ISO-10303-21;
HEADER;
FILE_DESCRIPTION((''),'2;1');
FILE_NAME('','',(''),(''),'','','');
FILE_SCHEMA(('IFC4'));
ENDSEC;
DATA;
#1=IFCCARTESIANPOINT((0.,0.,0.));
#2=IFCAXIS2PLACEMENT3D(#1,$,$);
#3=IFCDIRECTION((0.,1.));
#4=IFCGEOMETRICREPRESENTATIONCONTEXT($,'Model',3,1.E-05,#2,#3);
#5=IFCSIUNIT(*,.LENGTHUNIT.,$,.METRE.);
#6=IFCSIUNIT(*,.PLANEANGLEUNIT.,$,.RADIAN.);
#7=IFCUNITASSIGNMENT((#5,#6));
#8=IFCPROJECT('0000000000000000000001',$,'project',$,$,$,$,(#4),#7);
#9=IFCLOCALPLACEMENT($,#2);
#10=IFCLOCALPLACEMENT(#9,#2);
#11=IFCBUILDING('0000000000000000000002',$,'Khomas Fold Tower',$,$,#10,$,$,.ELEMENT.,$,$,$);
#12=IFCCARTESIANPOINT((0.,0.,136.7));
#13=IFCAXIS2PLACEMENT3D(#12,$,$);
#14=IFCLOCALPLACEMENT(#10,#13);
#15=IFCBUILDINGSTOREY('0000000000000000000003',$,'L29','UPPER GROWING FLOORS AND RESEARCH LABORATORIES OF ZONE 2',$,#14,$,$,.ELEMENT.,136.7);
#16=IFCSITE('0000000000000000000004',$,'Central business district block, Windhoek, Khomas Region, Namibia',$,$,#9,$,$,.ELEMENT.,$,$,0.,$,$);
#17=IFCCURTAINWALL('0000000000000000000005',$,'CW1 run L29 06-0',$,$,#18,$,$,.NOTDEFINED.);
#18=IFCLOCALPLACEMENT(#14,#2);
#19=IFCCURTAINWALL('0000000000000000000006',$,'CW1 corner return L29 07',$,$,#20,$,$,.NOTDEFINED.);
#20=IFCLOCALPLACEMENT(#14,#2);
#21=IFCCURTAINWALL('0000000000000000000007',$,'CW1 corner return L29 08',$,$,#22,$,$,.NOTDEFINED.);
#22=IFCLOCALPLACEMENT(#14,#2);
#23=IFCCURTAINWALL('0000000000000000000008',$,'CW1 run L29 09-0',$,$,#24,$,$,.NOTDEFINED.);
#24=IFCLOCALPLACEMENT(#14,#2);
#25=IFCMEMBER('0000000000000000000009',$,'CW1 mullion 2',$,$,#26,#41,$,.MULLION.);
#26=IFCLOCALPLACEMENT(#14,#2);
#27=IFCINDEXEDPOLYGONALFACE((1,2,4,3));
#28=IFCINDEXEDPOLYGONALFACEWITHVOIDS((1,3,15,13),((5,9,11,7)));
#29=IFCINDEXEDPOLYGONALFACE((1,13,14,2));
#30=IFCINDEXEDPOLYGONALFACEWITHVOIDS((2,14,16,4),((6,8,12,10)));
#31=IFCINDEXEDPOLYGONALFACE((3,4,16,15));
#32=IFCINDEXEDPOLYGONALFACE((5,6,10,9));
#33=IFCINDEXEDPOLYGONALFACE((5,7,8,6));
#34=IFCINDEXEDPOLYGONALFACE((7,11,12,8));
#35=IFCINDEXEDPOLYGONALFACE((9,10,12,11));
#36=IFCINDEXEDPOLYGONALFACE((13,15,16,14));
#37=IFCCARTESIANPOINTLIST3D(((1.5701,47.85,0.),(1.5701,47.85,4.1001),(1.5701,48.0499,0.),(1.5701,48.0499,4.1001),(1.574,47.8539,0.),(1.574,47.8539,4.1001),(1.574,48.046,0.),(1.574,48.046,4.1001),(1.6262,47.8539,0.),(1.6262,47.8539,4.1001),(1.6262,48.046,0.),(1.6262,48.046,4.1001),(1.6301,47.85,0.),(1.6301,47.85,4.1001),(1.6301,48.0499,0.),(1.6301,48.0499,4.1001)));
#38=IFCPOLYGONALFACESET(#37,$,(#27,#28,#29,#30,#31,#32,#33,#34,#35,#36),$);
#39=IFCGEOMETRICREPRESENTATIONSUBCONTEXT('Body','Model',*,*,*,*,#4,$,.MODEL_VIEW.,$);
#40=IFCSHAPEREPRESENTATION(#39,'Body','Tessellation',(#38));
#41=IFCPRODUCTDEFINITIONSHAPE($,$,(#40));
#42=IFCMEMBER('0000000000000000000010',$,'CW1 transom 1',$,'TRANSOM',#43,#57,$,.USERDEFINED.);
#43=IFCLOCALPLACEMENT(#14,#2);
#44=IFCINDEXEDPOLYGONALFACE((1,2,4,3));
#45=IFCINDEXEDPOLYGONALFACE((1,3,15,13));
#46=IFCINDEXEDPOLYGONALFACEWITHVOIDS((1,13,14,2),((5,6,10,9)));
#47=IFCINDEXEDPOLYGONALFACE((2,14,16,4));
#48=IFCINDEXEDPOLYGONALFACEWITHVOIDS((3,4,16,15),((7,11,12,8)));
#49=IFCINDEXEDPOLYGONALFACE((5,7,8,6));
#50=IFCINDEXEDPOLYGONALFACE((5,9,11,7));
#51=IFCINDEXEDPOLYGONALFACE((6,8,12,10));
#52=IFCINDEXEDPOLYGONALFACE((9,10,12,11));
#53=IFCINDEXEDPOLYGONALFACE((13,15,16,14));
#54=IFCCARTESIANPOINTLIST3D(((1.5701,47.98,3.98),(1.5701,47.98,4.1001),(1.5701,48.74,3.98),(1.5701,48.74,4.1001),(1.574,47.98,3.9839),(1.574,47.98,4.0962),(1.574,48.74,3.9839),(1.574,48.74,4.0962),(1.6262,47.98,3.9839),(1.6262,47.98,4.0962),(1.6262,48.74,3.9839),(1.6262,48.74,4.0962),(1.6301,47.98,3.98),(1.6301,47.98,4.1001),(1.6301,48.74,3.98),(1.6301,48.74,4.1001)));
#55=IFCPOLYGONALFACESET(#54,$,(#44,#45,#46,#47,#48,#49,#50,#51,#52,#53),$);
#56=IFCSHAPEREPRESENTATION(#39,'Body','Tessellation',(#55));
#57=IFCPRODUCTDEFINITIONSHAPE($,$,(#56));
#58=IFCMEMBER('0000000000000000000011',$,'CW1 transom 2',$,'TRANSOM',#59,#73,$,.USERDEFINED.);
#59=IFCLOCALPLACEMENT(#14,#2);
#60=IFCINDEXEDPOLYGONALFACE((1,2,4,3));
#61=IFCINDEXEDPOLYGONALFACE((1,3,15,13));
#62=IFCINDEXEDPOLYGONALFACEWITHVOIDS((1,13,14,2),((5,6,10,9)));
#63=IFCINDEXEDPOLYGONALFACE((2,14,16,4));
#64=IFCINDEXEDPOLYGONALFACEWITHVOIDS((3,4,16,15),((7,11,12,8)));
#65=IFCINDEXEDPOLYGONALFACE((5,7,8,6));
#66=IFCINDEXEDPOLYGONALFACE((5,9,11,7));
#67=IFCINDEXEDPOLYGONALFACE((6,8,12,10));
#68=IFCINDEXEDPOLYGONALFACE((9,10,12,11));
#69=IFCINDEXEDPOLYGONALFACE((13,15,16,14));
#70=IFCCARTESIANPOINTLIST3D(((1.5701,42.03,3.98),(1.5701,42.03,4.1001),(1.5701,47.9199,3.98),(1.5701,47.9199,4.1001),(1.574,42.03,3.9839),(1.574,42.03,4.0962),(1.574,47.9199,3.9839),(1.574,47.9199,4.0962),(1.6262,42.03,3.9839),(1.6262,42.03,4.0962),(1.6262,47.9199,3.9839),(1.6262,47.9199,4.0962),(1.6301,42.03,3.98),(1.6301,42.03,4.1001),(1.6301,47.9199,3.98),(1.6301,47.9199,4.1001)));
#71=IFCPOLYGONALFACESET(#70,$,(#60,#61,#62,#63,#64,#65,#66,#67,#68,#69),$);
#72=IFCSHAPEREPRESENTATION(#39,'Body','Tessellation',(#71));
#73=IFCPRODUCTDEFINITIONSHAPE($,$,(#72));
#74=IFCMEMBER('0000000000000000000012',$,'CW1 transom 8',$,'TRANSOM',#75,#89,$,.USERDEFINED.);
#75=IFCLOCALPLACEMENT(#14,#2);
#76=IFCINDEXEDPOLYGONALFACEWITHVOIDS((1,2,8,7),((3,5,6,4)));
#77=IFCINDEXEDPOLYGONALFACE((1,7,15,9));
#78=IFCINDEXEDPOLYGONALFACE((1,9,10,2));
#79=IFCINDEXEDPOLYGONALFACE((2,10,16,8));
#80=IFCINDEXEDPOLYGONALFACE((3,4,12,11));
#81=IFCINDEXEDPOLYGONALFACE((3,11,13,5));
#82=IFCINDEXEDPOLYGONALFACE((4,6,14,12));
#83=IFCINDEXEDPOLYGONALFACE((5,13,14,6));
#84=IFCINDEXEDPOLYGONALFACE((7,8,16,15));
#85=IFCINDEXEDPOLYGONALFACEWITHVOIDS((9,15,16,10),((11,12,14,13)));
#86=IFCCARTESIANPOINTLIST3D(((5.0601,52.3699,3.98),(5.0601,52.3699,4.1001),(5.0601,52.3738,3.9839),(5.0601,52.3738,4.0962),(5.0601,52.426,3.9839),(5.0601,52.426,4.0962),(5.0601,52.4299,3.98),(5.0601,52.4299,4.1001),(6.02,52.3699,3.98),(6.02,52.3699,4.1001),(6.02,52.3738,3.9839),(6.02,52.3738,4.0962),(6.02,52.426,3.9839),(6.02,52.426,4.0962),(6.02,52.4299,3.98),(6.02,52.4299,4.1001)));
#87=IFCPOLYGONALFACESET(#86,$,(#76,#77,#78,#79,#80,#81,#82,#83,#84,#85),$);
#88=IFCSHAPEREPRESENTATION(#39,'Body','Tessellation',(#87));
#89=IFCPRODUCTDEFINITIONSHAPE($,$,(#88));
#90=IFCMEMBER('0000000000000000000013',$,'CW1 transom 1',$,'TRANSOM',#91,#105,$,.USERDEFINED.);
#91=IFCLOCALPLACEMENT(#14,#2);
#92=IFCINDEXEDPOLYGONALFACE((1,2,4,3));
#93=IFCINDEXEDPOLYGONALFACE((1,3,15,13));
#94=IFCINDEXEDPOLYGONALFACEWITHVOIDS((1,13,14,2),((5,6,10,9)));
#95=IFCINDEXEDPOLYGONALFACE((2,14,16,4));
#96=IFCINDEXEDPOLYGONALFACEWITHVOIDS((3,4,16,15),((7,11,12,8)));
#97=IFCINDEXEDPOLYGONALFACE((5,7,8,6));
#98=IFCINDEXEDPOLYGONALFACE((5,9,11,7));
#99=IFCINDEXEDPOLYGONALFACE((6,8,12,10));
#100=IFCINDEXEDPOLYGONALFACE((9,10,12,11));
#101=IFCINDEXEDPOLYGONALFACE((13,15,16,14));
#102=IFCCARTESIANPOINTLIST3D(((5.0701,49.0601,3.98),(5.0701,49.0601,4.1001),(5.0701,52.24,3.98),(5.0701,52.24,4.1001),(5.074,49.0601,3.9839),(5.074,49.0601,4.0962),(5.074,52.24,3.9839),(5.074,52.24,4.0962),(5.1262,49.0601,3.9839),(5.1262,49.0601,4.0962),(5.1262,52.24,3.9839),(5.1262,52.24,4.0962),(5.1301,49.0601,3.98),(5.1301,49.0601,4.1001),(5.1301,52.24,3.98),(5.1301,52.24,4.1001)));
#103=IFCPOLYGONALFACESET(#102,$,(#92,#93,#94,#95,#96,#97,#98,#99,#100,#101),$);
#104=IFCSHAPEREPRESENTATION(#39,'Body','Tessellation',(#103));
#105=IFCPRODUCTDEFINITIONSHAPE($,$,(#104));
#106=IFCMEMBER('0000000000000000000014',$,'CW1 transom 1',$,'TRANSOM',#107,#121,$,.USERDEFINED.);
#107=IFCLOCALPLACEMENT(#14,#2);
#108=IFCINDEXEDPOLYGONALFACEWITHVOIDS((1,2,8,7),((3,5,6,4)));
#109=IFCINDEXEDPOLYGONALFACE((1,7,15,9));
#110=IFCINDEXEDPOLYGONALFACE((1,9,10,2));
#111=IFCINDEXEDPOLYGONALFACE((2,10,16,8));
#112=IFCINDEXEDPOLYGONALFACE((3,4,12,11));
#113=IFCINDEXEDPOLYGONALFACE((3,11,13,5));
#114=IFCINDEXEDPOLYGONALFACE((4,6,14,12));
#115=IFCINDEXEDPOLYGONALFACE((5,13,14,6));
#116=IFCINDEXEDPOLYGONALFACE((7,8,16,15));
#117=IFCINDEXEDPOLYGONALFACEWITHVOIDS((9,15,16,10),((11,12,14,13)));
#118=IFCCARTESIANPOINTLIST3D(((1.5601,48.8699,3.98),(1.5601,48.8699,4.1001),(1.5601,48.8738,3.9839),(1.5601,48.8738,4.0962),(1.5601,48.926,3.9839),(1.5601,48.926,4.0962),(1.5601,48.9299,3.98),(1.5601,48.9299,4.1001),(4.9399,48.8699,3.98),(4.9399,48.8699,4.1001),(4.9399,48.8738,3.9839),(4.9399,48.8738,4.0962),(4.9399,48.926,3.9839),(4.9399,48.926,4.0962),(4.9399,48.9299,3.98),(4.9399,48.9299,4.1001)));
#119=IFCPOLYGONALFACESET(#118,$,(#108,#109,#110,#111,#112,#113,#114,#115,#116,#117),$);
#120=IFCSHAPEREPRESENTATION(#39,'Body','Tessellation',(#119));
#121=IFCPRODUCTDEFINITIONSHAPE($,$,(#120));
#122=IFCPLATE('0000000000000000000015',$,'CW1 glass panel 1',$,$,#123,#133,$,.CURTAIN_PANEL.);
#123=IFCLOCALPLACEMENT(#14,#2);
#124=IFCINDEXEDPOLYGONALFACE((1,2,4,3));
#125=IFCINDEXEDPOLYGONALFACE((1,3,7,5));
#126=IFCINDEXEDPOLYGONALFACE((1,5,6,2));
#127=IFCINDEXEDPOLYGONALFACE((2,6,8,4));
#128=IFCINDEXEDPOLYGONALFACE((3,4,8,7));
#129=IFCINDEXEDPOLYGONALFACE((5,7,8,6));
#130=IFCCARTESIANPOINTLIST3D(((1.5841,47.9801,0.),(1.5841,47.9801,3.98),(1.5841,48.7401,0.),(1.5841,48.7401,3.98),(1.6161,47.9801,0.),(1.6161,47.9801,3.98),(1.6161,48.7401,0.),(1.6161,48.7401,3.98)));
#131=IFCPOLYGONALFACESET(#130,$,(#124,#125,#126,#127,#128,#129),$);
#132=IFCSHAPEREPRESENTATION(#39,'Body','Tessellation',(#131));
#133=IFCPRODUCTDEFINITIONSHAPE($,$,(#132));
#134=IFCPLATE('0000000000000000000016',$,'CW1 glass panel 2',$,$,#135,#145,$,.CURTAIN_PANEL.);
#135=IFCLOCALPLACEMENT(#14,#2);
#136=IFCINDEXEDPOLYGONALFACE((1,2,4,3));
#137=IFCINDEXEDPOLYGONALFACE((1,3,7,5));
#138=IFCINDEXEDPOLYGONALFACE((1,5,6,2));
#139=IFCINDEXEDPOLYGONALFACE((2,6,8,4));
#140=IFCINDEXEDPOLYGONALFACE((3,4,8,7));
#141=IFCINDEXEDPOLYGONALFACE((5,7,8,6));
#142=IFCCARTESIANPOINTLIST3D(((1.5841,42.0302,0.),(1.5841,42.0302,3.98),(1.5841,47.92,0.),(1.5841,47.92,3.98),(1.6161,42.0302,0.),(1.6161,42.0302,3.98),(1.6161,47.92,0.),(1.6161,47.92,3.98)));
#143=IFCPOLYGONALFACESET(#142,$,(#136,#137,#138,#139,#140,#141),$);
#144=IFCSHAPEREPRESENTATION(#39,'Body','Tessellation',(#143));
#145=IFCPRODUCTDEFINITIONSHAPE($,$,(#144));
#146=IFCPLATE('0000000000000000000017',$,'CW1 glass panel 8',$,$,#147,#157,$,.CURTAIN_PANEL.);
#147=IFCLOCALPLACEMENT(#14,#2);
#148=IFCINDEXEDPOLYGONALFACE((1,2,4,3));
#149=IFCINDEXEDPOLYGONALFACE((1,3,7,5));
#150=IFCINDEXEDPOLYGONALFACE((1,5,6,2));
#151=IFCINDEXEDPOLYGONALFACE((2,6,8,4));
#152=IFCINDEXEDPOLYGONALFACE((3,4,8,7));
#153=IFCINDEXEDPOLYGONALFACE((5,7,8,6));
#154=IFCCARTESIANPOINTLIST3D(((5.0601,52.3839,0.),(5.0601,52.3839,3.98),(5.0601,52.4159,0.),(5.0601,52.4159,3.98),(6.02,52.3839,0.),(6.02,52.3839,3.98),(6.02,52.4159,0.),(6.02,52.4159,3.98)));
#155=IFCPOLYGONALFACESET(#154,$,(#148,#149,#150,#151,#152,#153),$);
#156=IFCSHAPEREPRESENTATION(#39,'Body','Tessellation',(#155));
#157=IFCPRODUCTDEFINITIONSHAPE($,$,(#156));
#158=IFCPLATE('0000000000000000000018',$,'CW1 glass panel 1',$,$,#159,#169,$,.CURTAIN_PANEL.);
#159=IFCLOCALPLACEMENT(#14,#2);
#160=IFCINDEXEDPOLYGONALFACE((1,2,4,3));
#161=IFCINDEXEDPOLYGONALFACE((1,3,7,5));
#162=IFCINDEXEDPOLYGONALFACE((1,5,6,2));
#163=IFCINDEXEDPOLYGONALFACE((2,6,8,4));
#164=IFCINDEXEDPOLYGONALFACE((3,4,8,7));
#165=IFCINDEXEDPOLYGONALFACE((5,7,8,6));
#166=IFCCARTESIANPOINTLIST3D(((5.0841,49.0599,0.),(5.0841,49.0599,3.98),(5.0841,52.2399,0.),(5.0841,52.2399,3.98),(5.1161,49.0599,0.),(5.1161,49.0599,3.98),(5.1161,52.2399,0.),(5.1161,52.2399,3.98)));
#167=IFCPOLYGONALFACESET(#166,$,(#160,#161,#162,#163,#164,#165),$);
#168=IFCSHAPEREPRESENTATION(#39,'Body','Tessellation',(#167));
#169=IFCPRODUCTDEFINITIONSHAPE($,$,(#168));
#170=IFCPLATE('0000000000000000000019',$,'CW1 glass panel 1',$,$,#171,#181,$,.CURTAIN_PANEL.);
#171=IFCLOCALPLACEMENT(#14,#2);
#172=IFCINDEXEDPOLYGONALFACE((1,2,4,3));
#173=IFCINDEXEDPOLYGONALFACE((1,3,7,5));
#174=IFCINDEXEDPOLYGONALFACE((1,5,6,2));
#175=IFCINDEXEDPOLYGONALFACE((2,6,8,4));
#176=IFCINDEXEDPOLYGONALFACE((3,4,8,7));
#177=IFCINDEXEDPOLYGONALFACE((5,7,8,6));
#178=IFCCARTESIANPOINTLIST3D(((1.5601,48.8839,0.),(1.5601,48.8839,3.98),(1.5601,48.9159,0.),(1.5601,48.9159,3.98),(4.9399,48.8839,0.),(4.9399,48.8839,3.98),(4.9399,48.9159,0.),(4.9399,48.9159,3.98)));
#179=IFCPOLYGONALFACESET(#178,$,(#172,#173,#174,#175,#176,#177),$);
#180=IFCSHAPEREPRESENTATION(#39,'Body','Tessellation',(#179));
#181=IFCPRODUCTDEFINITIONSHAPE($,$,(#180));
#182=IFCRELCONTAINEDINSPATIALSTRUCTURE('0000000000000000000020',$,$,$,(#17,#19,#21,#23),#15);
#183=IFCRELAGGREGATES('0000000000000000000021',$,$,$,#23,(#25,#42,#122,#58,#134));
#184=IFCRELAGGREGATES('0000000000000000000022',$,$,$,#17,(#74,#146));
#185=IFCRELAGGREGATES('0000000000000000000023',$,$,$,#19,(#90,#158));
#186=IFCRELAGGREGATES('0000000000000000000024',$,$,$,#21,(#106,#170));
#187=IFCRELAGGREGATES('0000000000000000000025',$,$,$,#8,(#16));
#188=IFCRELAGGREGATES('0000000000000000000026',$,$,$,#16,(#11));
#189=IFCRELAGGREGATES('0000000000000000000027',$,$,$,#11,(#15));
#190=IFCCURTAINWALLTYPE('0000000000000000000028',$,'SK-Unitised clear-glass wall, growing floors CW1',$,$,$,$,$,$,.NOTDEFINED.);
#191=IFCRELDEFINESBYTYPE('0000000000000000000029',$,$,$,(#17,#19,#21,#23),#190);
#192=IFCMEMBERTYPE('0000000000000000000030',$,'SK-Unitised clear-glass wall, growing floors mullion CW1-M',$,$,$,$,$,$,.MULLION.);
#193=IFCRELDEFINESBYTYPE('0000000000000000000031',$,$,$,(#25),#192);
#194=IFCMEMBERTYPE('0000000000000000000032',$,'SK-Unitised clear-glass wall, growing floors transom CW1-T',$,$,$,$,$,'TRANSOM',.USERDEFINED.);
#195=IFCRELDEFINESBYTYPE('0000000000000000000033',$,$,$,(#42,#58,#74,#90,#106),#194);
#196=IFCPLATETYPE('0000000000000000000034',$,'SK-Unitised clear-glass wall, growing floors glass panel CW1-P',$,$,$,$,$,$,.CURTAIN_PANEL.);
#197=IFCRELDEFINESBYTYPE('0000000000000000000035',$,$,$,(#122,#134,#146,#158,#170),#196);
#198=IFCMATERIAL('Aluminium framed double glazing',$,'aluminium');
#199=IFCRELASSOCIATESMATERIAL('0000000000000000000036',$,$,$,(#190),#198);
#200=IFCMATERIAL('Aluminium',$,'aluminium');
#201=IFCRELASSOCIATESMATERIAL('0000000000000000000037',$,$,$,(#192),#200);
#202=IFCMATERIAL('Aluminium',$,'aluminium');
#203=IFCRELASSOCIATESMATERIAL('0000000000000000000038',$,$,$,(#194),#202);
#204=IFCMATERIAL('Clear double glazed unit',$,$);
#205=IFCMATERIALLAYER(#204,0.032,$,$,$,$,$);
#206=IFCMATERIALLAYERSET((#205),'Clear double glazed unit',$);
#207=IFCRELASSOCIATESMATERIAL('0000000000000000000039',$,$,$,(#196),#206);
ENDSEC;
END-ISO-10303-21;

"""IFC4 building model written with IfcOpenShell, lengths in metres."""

from ifc_helpers import new_model, si_unit, direction, frame, origin, origin_2d, place, context, subcontext, project, spatial, rectangle, hollow_rectangle, extrude, source, transform, mapped, material, layer, layer_set, material_profile, profile_set, type_object, element, aggregate, save


model = new_model("IFC4")

# Units and contexts
model_context = context("Model", 3, precision=1e-05, world=origin(), true_north=direction((0.0, 1.0)))
body_context = subcontext(model_context, "Body", "Model", "MODEL_VIEW")
ifc_project = project(units=[si_unit("LENGTHUNIT", "METRE"), si_unit("PLANEANGLEUNIT", "RADIAN")], contexts=[model_context])

# Site, building, storey
site_placement = place(None, origin())
site = spatial("IfcSite", under=ifc_project, at=site_placement, Name="Central business district block, Windhoek, Khomas Region, Namibia", CompositionType="ELEMENT", RefElevation=0.0)
building_placement = place(site_placement, origin())
building = spatial("IfcBuilding", under=site, at=building_placement, Name="Khomas Fold Tower", CompositionType="ELEMENT")
storey_placement = place(building_placement, frame((0.0, 0.0, 136.7)))
storey = spatial("IfcBuildingStorey", under=building, at=storey_placement, Name="L29", Description="UPPER GROWING FLOORS AND RESEARCH LABORATORIES OF ZONE 2", CompositionType="ELEMENT", Elevation=136.7)

# Curtain wall
ifc_material_1 = material(Name="Aluminium framed double glazing", Category="aluminium")
curtain_wall_type = type_object("IfcCurtainWallType", Name="SK-Unitised clear-glass wall, growing floors CW1", PredefinedType="NOTDEFINED", material=ifc_material_1)
curtain_wall_1_placement = place(storey_placement, origin())
curtain_wall_1 = element("IfcCurtainWall", 1, at=curtain_wall_1_placement, inside=storey, type_object=curtain_wall_type, Name="CW1 run L29 06-0", PredefinedType="NOTDEFINED")
ifc_material_2 = material(Name="Aluminium", Category="aluminium")
ifc_material_profile_1 = material_profile(ifc_material_2, hollow_rectangle(XDim=0.0601, YDim=0.2, WallThickness=0.0039, at=origin_2d()), Name="SK-Unitised clear-glass wall, growing floors mullion CW1-M")
ifc_profile_set_1 = profile_set([ifc_material_profile_1], Name="Aluminium")
member_type_1 = type_object("IfcMemberType", Name="SK-Unitised clear-glass wall, growing floors mullion CW1-M", PredefinedType="MULLION", material=ifc_profile_set_1)
shared_shape_1 = source(origin(), body_context, "Body", "SweptSolid", [
    extrude(hollow_rectangle(XDim=0.0601, YDim=0.2, WallThickness=0.0039, at=origin_2d()), origin(), (0.0, 0.0, 1.0), 4.1001),
])

# Curtain walls, members
curtain_wall_2_placement = place(storey_placement, origin())
curtain_wall_2 = element("IfcCurtainWall", 2, at=curtain_wall_2_placement, inside=storey, type_object=curtain_wall_type, Name="CW1 corner return L29 07", PredefinedType="NOTDEFINED")
curtain_wall_3_placement = place(storey_placement, origin())
curtain_wall_3 = element("IfcCurtainWall", 3, at=curtain_wall_3_placement, inside=storey, type_object=curtain_wall_type, Name="CW1 corner return L29 08", PredefinedType="NOTDEFINED")
curtain_wall_4_placement = place(storey_placement, origin())
curtain_wall_4 = element("IfcCurtainWall", 4, at=curtain_wall_4_placement, inside=storey, type_object=curtain_wall_type, Name="CW1 run L29 09-0", PredefinedType="NOTDEFINED")
member_1_placement = place(storey_placement, frame((1.6001, 47.95, 0.0), z_axis=(0.0, 0.0, 1.0), x_axis=(1.0, 0.0, 0.0)))
member_1 = element("IfcMember", 5, at=member_1_placement, type_object=member_type_1, Name="CW1 mullion 2", PredefinedType="MULLION", context=body_context, shape_type="MappedRepresentation", body=[
    mapped(shared_shape_1, transform((0.0, 0.0, 0.0))),
])
ifc_material_3 = material(Name="Aluminium", Category="aluminium")
ifc_material_profile_2 = material_profile(ifc_material_3, hollow_rectangle(XDim=0.0601, YDim=0.1201, WallThickness=0.0039, at=origin_2d()), Name="SK-Unitised clear-glass wall, growing floors transom CW1-T")
ifc_profile_set_2 = profile_set([ifc_material_profile_2], Name="Aluminium")
member_type_2 = type_object("IfcMemberType", Name="SK-Unitised clear-glass wall, growing floors transom CW1-T", ElementType="TRANSOM", PredefinedType="USERDEFINED", material=ifc_profile_set_2)
shared_shape_2 = source(origin(), body_context, "Body", "SweptSolid", [
    extrude(hollow_rectangle(XDim=0.0601, YDim=0.1201, WallThickness=0.0039, at=origin_2d()), origin(), (0.0, 0.0, 1.0), 0.76),
])
member_2_placement = place(storey_placement, frame((1.6001, 48.74, 4.04), z_axis=(0.0, -1.0, 0.0), x_axis=(1.0, 0.0, 0.0)))
member_2 = element("IfcMember", 6, at=member_2_placement, type_object=member_type_2, Name="CW1 transom 1", ObjectType="TRANSOM", PredefinedType="USERDEFINED", context=body_context, shape_type="MappedRepresentation", body=[
    mapped(shared_shape_2, transform((0.0, 0.0, 0.0))),
])
shared_shape_3 = source(origin(), body_context, "Body", "SweptSolid", [
    extrude(hollow_rectangle(XDim=0.0601, YDim=0.1201, WallThickness=0.0039, at=origin_2d()), origin(), (0.0, 0.0, 1.0), 5.8899),
])
member_3_placement = place(storey_placement, frame((1.6001, 47.9199, 4.04), z_axis=(0.0, -1.0, 0.0), x_axis=(1.0, 0.0, 0.0)))
member_3 = element("IfcMember", 7, at=member_3_placement, type_object=member_type_2, Name="CW1 transom 2", ObjectType="TRANSOM", PredefinedType="USERDEFINED", context=body_context, shape_type="MappedRepresentation", body=[
    mapped(shared_shape_3, transform((0.0, 0.0, 0.0))),
])

# Members
shared_shape_4 = source(origin(), body_context, "Body", "SweptSolid", [
    extrude(hollow_rectangle(XDim=0.0601, YDim=0.1201, WallThickness=0.0039, at=origin_2d()), origin(), (0.0, 0.0, 1.0), 0.96),
])
member_4_placement = place(storey_placement, frame((6.02, 52.3999, 4.04), z_axis=(-1.0, 0.0, 0.0), x_axis=(0.0, -1.0, 0.0)))
member_4 = element("IfcMember", 8, at=member_4_placement, type_object=member_type_2, Name="CW1 transom 8", ObjectType="TRANSOM", PredefinedType="USERDEFINED", context=body_context, shape_type="MappedRepresentation", body=[
    mapped(shared_shape_4, transform((0.0, 0.0, 0.0))),
])
shared_shape_5 = source(origin(), body_context, "Body", "SweptSolid", [
    extrude(hollow_rectangle(XDim=0.0601, YDim=0.1201, WallThickness=0.0039, at=origin_2d()), origin(), (0.0, 0.0, 1.0), 3.1799),
])
member_5_placement = place(storey_placement, frame((5.1001, 52.24, 4.04), z_axis=(0.0, -1.0, 0.0), x_axis=(1.0, 0.0, 0.0)))
member_5 = element("IfcMember", 9, at=member_5_placement, type_object=member_type_2, Name="CW1 transom 1", ObjectType="TRANSOM", PredefinedType="USERDEFINED", context=body_context, shape_type="MappedRepresentation", body=[
    mapped(shared_shape_5, transform((0.0, 0.0, 0.0))),
])
shared_shape_6 = source(origin(), body_context, "Body", "SweptSolid", [
    extrude(hollow_rectangle(XDim=0.0601, YDim=0.1201, WallThickness=0.0039, at=origin_2d()), origin(), (0.0, 0.0, 1.0), 3.3799),
])
member_6_placement = place(storey_placement, frame((4.9399, 48.8999, 4.04), z_axis=(-1.0, 0.0, 0.0), x_axis=(0.0, -1.0, 0.0)))
member_6 = element("IfcMember", 10, at=member_6_placement, type_object=member_type_2, Name="CW1 transom 1", ObjectType="TRANSOM", PredefinedType="USERDEFINED", context=body_context, shape_type="MappedRepresentation", body=[
    mapped(shared_shape_6, transform((0.0, 0.0, 0.0))),
])

# Plates
ifc_material_4 = material(Name="Clear double glazed unit")
ifc_layer_1 = layer(ifc_material_4, 0.032)
ifc_layer_set_1 = layer_set([ifc_layer_1], Name="Clear double glazed unit")
plate_type = type_object("IfcPlateType", Name="SK-Unitised clear-glass wall, growing floors glass panel CW1-P", PredefinedType="CURTAIN_PANEL", material=ifc_layer_set_1)
shared_shape_7 = source(origin(), body_context, "Body", "SweptSolid", [
    extrude(rectangle(XDim=0.76, YDim=0.032, at=origin_2d()), origin(), (0.0, 0.0, 1.0), 3.98),
])
plate_1_placement = place(storey_placement, frame((1.6001, 48.3601, 0.0), z_axis=(0.0, 0.0, 1.0), x_axis=(0.0, -1.0, 0.0)))
plate_1 = element("IfcPlate", 11, at=plate_1_placement, type_object=plate_type, Name="CW1 glass panel 1", PredefinedType="CURTAIN_PANEL", context=body_context, shape_type="MappedRepresentation", body=[
    mapped(shared_shape_7, transform((0.0, 0.0, 0.0))),
])
shared_shape_8 = source(origin(), body_context, "Body", "SweptSolid", [
    extrude(rectangle(XDim=5.8899, YDim=0.032, at=origin_2d()), origin(), (0.0, 0.0, 1.0), 3.98),
])
plate_2_placement = place(storey_placement, frame((1.6001, 44.9751, 0.0), z_axis=(0.0, 0.0, 1.0), x_axis=(0.0, -1.0, 0.0)))
plate_2 = element("IfcPlate", 12, at=plate_2_placement, type_object=plate_type, Name="CW1 glass panel 2", PredefinedType="CURTAIN_PANEL", context=body_context, shape_type="MappedRepresentation", body=[
    mapped(shared_shape_8, transform((0.0, 0.0, 0.0))),
])
aggregate(curtain_wall_4, [member_1, member_2, plate_1, member_3, plate_2])
shared_shape_9 = source(origin(), body_context, "Body", "SweptSolid", [
    extrude(rectangle(XDim=0.96, YDim=0.032, at=origin_2d()), origin(), (0.0, 0.0, 1.0), 3.98),
])
plate_3_placement = place(storey_placement, frame((5.54, 52.3999, 0.0), z_axis=(0.0, 0.0, 1.0), x_axis=(-1.0, 0.0, 0.0)))
plate_3 = element("IfcPlate", 13, at=plate_3_placement, type_object=plate_type, Name="CW1 glass panel 8", PredefinedType="CURTAIN_PANEL", context=body_context, shape_type="MappedRepresentation", body=[
    mapped(shared_shape_9, transform((0.0, 0.0, 0.0))),
])
aggregate(curtain_wall_1, [member_4, plate_3])
shared_shape_10 = source(origin(), body_context, "Body", "SweptSolid", [
    extrude(rectangle(XDim=3.1799, YDim=0.032, at=origin_2d()), origin(), (0.0, 0.0, 1.0), 3.98),
])
plate_4_placement = place(storey_placement, frame((5.1001, 50.6499, 0.0), z_axis=(0.0, 0.0, 1.0), x_axis=(0.0, -1.0, 0.0)))
plate_4 = element("IfcPlate", 14, at=plate_4_placement, type_object=plate_type, Name="CW1 glass panel 1", PredefinedType="CURTAIN_PANEL", context=body_context, shape_type="MappedRepresentation", body=[
    mapped(shared_shape_10, transform((0.0, 0.0, 0.0))),
])
aggregate(curtain_wall_2, [member_5, plate_4])
shared_shape_11 = source(origin(), body_context, "Body", "SweptSolid", [
    extrude(rectangle(XDim=3.3799, YDim=0.032, at=origin_2d()), origin(), (0.0, 0.0, 1.0), 3.98),
])
plate_5_placement = place(storey_placement, frame((3.25, 48.8999, 0.0), z_axis=(0.0, 0.0, 1.0), x_axis=(-1.0, 0.0, 0.0)))
plate_5 = element("IfcPlate", 15, at=plate_5_placement, type_object=plate_type, Name="CW1 glass panel 1", PredefinedType="CURTAIN_PANEL", context=body_context, shape_type="MappedRepresentation", body=[
    mapped(shared_shape_11, transform((0.0, 0.0, 0.0))),
])
aggregate(curtain_wall_3, [member_6, plate_5])

save(model, "model.ifc")
